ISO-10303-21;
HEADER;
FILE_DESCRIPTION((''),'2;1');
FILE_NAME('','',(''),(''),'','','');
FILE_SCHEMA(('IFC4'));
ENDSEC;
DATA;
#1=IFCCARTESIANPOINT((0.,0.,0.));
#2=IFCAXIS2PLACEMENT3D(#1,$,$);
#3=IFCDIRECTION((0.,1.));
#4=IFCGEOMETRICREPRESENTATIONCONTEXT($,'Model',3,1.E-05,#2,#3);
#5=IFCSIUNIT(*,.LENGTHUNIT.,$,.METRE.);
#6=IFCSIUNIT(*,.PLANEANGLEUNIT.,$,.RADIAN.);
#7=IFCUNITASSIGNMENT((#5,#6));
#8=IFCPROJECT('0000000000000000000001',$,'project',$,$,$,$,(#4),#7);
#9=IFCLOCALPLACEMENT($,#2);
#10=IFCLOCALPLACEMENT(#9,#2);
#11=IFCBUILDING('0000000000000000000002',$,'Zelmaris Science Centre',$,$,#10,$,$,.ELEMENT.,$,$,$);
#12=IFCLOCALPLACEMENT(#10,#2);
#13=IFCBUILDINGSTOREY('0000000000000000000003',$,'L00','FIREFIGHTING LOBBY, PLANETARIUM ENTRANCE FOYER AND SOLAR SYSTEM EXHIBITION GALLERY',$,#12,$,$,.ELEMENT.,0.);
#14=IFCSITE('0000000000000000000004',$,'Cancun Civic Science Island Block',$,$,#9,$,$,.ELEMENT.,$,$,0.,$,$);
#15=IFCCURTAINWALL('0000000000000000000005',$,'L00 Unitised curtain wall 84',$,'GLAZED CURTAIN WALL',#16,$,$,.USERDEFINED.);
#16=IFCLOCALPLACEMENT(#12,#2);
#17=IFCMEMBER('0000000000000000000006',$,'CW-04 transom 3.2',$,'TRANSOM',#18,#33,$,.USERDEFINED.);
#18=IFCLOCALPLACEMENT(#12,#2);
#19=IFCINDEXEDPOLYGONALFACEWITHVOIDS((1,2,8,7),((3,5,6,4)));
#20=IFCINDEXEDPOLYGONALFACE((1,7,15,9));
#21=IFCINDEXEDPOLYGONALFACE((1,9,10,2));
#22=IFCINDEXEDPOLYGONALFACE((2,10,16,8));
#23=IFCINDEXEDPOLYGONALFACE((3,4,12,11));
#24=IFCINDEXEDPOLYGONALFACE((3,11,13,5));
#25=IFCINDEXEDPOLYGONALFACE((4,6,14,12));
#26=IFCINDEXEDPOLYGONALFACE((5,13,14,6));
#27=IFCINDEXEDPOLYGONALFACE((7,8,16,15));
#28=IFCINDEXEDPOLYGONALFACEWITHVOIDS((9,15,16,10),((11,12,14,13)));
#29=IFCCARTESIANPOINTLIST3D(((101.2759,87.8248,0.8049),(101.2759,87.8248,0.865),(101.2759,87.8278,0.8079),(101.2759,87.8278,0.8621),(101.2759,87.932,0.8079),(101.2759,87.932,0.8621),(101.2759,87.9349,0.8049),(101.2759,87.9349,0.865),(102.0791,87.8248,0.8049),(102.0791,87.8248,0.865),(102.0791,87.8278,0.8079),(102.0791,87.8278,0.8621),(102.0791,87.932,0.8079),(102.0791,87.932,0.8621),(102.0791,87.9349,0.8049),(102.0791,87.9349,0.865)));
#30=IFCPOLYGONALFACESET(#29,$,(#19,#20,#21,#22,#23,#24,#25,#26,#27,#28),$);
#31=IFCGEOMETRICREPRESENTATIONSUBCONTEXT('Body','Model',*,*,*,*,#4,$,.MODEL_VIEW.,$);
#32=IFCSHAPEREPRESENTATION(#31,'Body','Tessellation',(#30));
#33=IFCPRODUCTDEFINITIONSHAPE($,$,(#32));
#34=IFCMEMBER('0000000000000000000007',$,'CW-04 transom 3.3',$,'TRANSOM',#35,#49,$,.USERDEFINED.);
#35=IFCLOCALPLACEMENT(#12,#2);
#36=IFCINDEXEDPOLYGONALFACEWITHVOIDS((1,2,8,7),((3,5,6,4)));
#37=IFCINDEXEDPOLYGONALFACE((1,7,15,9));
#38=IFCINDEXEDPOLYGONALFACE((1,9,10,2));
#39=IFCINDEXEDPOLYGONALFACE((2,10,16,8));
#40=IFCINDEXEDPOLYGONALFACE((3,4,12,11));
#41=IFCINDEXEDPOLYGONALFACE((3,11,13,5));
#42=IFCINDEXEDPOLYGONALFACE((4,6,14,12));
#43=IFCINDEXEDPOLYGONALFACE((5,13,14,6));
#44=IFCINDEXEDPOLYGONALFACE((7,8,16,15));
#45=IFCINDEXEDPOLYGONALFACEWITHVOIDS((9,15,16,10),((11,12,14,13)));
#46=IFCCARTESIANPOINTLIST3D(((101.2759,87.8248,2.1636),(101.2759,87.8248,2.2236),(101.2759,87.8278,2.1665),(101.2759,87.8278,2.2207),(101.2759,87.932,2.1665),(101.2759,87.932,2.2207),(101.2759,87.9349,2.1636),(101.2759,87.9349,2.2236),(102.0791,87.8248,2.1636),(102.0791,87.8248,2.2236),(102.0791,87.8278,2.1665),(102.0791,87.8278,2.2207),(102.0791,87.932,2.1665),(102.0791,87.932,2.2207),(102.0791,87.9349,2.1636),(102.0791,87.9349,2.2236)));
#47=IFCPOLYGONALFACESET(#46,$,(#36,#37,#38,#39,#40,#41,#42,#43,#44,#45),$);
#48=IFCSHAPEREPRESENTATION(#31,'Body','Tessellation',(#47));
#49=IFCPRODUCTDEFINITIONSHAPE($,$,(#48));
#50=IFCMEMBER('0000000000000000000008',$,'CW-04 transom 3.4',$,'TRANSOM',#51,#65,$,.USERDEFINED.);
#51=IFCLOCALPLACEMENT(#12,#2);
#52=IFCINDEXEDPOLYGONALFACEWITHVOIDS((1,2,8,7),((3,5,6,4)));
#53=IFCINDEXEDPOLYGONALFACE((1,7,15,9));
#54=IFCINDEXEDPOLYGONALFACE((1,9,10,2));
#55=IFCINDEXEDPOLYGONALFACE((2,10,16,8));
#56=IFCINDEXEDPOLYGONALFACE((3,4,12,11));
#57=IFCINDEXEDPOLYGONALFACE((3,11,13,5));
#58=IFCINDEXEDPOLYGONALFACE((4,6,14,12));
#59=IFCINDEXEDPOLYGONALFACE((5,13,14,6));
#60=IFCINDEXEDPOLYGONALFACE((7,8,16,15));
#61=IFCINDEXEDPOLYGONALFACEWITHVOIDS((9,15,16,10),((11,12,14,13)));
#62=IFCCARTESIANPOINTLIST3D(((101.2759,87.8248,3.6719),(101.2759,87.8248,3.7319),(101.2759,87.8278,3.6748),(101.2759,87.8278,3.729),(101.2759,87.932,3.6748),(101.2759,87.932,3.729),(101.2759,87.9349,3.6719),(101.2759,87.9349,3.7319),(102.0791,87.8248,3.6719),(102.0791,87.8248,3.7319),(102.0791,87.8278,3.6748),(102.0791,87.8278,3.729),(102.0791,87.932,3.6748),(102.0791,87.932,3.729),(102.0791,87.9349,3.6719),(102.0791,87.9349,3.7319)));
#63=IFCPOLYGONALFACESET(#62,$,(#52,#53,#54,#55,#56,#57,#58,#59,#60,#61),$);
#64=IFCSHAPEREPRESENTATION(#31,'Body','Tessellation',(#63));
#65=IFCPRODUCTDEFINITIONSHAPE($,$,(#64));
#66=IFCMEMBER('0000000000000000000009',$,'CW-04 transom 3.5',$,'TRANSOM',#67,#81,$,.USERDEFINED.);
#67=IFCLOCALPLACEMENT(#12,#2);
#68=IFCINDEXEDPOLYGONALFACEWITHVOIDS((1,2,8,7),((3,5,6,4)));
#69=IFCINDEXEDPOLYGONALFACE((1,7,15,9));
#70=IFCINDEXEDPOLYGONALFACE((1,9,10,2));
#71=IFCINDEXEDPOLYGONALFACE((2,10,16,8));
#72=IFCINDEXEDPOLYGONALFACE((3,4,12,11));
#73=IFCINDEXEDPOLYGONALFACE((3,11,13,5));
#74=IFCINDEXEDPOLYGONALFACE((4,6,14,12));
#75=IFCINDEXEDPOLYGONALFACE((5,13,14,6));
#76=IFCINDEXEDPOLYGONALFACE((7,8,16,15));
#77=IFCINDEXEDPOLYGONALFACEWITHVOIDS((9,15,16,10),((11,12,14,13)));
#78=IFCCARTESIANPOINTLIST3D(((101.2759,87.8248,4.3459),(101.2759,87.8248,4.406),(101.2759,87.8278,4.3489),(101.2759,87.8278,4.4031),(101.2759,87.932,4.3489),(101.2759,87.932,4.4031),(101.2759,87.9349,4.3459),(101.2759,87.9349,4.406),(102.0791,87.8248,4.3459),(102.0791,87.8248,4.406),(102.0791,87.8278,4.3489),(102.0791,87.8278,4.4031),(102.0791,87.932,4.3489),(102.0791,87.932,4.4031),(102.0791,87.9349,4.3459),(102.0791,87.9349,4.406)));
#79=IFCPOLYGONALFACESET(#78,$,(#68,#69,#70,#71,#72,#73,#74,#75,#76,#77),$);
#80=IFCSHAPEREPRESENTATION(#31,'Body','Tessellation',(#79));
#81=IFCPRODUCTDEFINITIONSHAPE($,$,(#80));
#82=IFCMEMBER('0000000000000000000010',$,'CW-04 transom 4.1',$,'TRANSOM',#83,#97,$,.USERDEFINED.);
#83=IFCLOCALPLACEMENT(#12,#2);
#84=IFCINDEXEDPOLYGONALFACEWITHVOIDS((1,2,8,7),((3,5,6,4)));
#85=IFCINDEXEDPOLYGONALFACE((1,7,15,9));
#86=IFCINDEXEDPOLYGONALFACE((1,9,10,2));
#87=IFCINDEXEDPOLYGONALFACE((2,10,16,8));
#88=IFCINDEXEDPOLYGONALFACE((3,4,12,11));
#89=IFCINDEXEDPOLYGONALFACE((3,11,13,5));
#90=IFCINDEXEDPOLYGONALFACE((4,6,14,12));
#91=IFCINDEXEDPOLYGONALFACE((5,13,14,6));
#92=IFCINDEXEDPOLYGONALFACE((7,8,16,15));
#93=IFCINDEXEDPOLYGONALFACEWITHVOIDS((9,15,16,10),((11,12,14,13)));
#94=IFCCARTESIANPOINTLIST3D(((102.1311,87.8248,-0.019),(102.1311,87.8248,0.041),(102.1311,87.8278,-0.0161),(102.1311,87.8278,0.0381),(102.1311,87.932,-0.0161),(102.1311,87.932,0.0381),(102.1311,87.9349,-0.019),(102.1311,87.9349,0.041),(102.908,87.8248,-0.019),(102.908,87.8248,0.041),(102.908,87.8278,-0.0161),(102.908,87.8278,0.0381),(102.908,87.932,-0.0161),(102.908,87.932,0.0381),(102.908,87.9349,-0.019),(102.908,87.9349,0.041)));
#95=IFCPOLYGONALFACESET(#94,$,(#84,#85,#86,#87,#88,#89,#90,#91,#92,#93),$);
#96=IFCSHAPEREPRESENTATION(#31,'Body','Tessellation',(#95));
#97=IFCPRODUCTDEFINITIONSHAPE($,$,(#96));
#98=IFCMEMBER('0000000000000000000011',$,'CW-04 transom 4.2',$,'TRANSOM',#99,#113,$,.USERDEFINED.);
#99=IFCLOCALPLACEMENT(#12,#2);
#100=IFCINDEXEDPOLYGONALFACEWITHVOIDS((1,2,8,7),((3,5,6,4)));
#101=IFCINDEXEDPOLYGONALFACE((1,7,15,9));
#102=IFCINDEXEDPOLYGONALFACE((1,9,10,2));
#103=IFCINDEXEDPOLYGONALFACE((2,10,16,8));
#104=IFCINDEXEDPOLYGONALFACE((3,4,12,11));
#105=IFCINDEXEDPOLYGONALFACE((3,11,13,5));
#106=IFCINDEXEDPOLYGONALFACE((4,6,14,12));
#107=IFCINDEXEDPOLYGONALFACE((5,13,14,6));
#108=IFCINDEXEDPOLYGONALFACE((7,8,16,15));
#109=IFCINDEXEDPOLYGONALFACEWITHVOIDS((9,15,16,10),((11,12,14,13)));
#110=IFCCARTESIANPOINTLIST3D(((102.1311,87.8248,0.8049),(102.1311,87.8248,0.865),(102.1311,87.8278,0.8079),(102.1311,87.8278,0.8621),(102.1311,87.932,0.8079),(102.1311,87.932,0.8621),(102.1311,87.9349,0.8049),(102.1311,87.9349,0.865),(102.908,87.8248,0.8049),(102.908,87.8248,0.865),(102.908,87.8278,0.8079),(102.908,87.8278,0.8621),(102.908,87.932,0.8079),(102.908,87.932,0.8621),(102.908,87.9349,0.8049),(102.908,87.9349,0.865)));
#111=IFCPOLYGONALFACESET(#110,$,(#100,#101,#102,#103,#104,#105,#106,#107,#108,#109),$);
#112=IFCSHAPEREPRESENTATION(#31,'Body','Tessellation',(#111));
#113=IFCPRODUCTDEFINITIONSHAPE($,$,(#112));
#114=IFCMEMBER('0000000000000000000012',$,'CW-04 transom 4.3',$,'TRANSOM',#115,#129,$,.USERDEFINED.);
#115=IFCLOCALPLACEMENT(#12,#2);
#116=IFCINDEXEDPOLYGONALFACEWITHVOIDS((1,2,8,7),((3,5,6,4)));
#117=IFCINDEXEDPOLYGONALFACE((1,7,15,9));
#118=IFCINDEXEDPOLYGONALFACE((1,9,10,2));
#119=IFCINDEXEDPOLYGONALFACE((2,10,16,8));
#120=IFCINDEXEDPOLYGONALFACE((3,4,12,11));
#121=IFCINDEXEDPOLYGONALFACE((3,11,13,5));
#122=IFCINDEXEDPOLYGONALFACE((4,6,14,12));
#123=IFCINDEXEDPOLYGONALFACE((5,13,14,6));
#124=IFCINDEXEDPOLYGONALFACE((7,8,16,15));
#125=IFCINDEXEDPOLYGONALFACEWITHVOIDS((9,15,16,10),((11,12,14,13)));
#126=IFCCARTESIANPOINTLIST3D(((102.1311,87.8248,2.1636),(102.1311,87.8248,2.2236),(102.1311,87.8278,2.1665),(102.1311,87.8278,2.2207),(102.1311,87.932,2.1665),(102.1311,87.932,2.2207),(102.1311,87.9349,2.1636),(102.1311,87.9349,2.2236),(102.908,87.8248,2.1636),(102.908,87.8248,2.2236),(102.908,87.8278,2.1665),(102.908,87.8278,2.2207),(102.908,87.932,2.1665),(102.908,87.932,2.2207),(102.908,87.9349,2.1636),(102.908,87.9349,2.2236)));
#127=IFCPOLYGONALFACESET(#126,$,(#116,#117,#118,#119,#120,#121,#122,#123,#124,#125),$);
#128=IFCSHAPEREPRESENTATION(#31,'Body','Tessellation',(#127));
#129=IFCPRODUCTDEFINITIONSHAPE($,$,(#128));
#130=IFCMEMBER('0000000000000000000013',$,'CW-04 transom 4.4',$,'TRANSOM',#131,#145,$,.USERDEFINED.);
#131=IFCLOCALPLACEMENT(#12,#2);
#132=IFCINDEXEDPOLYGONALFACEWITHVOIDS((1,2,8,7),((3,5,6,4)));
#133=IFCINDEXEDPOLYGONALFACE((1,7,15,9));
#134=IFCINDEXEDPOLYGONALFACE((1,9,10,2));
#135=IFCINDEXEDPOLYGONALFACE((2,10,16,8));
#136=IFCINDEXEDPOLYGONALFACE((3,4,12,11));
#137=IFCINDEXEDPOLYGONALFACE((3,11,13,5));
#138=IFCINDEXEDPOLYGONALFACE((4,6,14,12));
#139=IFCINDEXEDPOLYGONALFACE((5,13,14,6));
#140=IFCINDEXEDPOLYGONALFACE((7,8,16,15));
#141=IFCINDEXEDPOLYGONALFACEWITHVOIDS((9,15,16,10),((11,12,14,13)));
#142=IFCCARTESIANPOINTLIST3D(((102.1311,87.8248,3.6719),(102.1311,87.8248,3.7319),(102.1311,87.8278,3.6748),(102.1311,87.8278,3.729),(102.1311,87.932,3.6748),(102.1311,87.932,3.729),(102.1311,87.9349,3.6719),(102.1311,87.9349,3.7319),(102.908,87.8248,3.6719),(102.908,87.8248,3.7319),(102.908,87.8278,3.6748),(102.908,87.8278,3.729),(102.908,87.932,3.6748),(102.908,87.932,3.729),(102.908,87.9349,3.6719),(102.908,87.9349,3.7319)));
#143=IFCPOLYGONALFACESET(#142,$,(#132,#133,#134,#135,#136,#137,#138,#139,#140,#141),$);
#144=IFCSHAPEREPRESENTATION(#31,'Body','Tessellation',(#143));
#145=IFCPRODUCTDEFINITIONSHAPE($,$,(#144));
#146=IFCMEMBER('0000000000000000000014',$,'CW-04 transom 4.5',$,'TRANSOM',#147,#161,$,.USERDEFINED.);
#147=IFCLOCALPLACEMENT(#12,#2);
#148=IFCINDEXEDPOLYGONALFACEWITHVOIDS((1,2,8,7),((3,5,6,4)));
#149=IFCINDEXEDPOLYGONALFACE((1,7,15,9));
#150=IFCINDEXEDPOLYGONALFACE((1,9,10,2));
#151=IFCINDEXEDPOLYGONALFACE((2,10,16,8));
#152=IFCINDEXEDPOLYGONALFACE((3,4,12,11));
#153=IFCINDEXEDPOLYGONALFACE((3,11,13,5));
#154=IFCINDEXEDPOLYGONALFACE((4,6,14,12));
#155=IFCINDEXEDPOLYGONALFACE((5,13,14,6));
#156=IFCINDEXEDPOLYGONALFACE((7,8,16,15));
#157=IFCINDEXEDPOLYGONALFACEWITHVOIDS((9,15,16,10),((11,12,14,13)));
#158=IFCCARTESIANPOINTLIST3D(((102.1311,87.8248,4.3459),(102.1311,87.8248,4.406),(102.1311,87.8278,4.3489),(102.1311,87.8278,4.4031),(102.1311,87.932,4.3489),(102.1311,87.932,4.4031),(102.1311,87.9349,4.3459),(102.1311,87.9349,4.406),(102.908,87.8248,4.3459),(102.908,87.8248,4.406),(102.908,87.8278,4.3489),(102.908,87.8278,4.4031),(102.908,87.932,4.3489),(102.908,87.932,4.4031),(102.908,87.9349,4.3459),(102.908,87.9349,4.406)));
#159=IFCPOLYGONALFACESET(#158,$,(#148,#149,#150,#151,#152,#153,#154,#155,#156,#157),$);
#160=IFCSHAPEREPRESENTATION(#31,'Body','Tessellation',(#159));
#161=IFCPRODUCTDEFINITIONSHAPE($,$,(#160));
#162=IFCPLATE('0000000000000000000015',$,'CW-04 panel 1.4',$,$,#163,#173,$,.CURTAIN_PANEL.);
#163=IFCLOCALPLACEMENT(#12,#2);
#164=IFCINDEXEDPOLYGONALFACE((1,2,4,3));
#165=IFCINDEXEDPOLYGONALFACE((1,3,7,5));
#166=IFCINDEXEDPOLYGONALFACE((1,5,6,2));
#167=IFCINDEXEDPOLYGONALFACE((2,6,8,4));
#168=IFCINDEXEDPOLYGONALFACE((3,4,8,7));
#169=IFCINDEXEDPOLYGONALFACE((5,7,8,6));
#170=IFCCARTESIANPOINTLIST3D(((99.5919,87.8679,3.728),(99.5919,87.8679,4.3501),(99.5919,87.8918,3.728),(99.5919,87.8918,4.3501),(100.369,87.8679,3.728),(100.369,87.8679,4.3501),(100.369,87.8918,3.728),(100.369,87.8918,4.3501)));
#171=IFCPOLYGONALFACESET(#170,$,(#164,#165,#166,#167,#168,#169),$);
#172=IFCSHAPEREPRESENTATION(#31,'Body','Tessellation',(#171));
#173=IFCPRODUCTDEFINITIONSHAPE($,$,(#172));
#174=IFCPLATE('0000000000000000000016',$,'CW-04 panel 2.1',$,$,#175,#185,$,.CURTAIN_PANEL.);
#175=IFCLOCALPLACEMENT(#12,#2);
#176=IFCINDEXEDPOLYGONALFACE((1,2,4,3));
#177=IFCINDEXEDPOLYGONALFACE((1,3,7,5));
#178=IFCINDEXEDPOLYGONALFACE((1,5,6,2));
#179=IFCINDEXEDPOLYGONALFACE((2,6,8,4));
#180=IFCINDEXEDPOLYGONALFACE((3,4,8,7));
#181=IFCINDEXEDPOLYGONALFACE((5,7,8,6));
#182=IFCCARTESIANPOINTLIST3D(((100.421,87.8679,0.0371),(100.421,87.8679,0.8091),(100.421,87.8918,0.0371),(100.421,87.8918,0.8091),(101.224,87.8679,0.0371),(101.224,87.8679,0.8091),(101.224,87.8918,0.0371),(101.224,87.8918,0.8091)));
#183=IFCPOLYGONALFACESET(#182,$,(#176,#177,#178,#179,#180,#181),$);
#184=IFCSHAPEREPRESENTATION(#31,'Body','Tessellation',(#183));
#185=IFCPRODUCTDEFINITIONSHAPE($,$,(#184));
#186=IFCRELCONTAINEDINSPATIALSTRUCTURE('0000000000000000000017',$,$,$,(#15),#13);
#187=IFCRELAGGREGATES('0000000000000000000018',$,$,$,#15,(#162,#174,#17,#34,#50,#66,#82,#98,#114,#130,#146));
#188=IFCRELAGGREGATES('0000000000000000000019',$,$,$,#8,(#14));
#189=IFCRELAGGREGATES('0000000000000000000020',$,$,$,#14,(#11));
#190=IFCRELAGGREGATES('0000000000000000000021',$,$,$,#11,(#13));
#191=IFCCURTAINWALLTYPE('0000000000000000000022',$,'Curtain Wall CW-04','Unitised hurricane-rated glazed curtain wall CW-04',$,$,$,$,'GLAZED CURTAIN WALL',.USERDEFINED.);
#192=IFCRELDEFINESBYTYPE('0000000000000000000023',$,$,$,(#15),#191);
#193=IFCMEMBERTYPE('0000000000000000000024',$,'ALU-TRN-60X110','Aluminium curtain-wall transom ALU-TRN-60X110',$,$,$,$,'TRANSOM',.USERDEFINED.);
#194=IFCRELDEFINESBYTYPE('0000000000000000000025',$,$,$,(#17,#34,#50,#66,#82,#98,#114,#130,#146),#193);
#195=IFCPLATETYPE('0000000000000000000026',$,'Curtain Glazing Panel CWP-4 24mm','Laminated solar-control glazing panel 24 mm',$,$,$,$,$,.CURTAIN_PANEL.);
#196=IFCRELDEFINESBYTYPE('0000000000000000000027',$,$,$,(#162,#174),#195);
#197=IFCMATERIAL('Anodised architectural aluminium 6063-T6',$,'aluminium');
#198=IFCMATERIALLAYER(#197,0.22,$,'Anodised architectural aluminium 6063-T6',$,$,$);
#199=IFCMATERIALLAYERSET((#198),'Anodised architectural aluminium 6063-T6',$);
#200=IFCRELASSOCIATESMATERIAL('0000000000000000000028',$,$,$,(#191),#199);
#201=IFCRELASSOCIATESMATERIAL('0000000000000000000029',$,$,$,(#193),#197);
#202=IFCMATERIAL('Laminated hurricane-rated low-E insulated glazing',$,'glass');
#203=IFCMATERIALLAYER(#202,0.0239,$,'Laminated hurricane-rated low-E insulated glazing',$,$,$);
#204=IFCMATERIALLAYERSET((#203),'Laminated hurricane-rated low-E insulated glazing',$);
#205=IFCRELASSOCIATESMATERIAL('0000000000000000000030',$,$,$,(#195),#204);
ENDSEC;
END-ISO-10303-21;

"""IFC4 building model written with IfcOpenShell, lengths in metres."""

from ifc_helpers import new_model, si_unit, direction, frame, origin, origin_2d, place, context, subcontext, project, spatial, rectangle, hollow_rectangle, extrude, material, layer, layer_set, material_profile, profile_set, type_object, element, aggregate, save


model = new_model("IFC4")

# Units and contexts
model_context = context("Model", 3, precision=1e-05, world=origin(), true_north=direction((0.0, 1.0)))
body_context = subcontext(model_context, "Body", "Model", "MODEL_VIEW")
ifc_project = project(units=[si_unit("LENGTHUNIT", "METRE"), si_unit("PLANEANGLEUNIT", "RADIAN")], contexts=[model_context])

# Site, building, storey
site_placement = place(None, origin())
site = spatial("IfcSite", under=ifc_project, at=site_placement, Name="Cancun Civic Science Island Block", CompositionType="ELEMENT", RefElevation=0.0)
building_placement = place(site_placement, origin())
building = spatial("IfcBuilding", under=site, at=building_placement, Name="Zelmaris Science Centre", CompositionType="ELEMENT")
storey_placement = place(building_placement, origin())
storey = spatial("IfcBuildingStorey", under=building, at=storey_placement, Name="L00", Description="FIREFIGHTING LOBBY, PLANETARIUM ENTRANCE FOYER AND SOLAR SYSTEM EXHIBITION GALLERY", CompositionType="ELEMENT", Elevation=0.0)

# Curtain wall, members, plates
ifc_material_1 = material(Name="Anodised architectural aluminium 6063-T6", Category="aluminium")
ifc_layer_1 = layer(ifc_material_1, 0.22, Name="Anodised architectural aluminium 6063-T6")
ifc_layer_set_1 = layer_set([ifc_layer_1], Name="Anodised architectural aluminium 6063-T6")
curtain_wall_type = type_object("IfcCurtainWallType", Name="Curtain Wall CW-04", Description="Unitised hurricane-rated glazed curtain wall CW-04", ElementType="GLAZED CURTAIN WALL", PredefinedType="USERDEFINED", material=ifc_layer_set_1)
curtain_wall_placement = place(storey_placement, origin())
curtain_wall = element("IfcCurtainWall", 1, at=curtain_wall_placement, inside=storey, type_object=curtain_wall_type, Name="L00 Unitised curtain wall 84", ObjectType="GLAZED CURTAIN WALL", PredefinedType="USERDEFINED")
ifc_material_profile_1 = material_profile(ifc_material_1, hollow_rectangle(XDim=0.0601, YDim=0.1101, WallThickness=0.0029, at=origin_2d()), Name="ALU-TRN-60X110")
ifc_profile_set_1 = profile_set([ifc_material_profile_1], Name="Anodised architectural aluminium 6063-T6")
member_type_1 = type_object("IfcMemberType", Name="ALU-TRN-60X110", Description="Aluminium curtain-wall transom ALU-TRN-60X110", ElementType="TRANSOM", PredefinedType="USERDEFINED", material=ifc_profile_set_1)
member_1_placement = place(storey_placement, frame((101.2759, 87.8799, 0.835), z_axis=(1.0, 0.0, 0.0), x_axis=(0.0, 0.0, 1.0)))
member_1 = element("IfcMember", 2, at=member_1_placement, type_object=member_type_1, Name="CW-04 transom 3.2", ObjectType="TRANSOM", PredefinedType="USERDEFINED", context=body_context, shape_type="SweptSolid", body=[
    extrude(hollow_rectangle(XDim=0.0601, YDim=0.1101, WallThickness=0.0029, at=origin_2d()), origin(), (0.0, 0.0, 1.0), 0.8032),
])
member_2_placement = place(storey_placement, frame((101.2759, 87.8799, 2.1936), z_axis=(1.0, 0.0, 0.0), x_axis=(0.0, 0.0, 1.0)))
member_2 = element("IfcMember", 3, at=member_2_placement, type_object=member_type_1, Name="CW-04 transom 3.3", ObjectType="TRANSOM", PredefinedType="USERDEFINED", context=body_context, shape_type="SweptSolid", body=[
    extrude(hollow_rectangle(XDim=0.0601, YDim=0.1101, WallThickness=0.0029, at=origin_2d()), origin(), (0.0, 0.0, 1.0), 0.8032),
])
member_3_placement = place(storey_placement, frame((101.2759, 87.8799, 3.7019), z_axis=(1.0, 0.0, 0.0), x_axis=(0.0, 0.0, 1.0)))
member_3 = element("IfcMember", 4, at=member_3_placement, type_object=member_type_1, Name="CW-04 transom 3.4", ObjectType="TRANSOM", PredefinedType="USERDEFINED", context=body_context, shape_type="SweptSolid", body=[
    extrude(hollow_rectangle(XDim=0.0601, YDim=0.1101, WallThickness=0.0029, at=origin_2d()), origin(), (0.0, 0.0, 1.0), 0.8032),
])
member_4_placement = place(storey_placement, frame((101.2759, 87.8799, 4.376), z_axis=(1.0, 0.0, 0.0), x_axis=(0.0, 0.0, 1.0)))
member_4 = element("IfcMember", 5, at=member_4_placement, type_object=member_type_1, Name="CW-04 transom 3.5", ObjectType="TRANSOM", PredefinedType="USERDEFINED", context=body_context, shape_type="SweptSolid", body=[
    extrude(hollow_rectangle(XDim=0.0601, YDim=0.1101, WallThickness=0.0029, at=origin_2d()), origin(), (0.0, 0.0, 1.0), 0.8032),
])
member_5_placement = place(storey_placement, frame((102.1311, 87.8799, 0.011), z_axis=(1.0, 0.0, 0.0), x_axis=(0.0, 0.0, 1.0)))
member_5 = element("IfcMember", 6, at=member_5_placement, type_object=member_type_1, Name="CW-04 transom 4.1", ObjectType="TRANSOM", PredefinedType="USERDEFINED", context=body_context, shape_type="SweptSolid", body=[
    extrude(hollow_rectangle(XDim=0.0601, YDim=0.1101, WallThickness=0.0029, at=origin_2d()), origin(), (0.0, 0.0, 1.0), 0.7769),
])
member_6_placement = place(storey_placement, frame((102.1311, 87.8799, 0.835), z_axis=(1.0, 0.0, 0.0), x_axis=(0.0, 0.0, 1.0)))
member_6 = element("IfcMember", 7, at=member_6_placement, type_object=member_type_1, Name="CW-04 transom 4.2", ObjectType="TRANSOM", PredefinedType="USERDEFINED", context=body_context, shape_type="SweptSolid", body=[
    extrude(hollow_rectangle(XDim=0.0601, YDim=0.1101, WallThickness=0.0029, at=origin_2d()), origin(), (0.0, 0.0, 1.0), 0.7769),
])
member_7_placement = place(storey_placement, frame((102.1311, 87.8799, 2.1936), z_axis=(1.0, 0.0, 0.0), x_axis=(0.0, 0.0, 1.0)))
member_7 = element("IfcMember", 8, at=member_7_placement, type_object=member_type_1, Name="CW-04 transom 4.3", ObjectType="TRANSOM", PredefinedType="USERDEFINED", context=body_context, shape_type="SweptSolid", body=[
    extrude(hollow_rectangle(XDim=0.0601, YDim=0.1101, WallThickness=0.0029, at=origin_2d()), origin(), (0.0, 0.0, 1.0), 0.7769),
])
member_8_placement = place(storey_placement, frame((102.1311, 87.8799, 3.7019), z_axis=(1.0, 0.0, 0.0), x_axis=(0.0, 0.0, 1.0)))
member_8 = element("IfcMember", 9, at=member_8_placement, type_object=member_type_1, Name="CW-04 transom 4.4", ObjectType="TRANSOM", PredefinedType="USERDEFINED", context=body_context, shape_type="SweptSolid", body=[
    extrude(hollow_rectangle(XDim=0.0601, YDim=0.1101, WallThickness=0.0029, at=origin_2d()), origin(), (0.0, 0.0, 1.0), 0.7769),
])
member_9_placement = place(storey_placement, frame((102.1311, 87.8799, 4.376), z_axis=(1.0, 0.0, 0.0), x_axis=(0.0, 0.0, 1.0)))
member_9 = element("IfcMember", 10, at=member_9_placement, type_object=member_type_1, Name="CW-04 transom 4.5", ObjectType="TRANSOM", PredefinedType="USERDEFINED", context=body_context, shape_type="SweptSolid", body=[
    extrude(hollow_rectangle(XDim=0.0601, YDim=0.1101, WallThickness=0.0029, at=origin_2d()), origin(), (0.0, 0.0, 1.0), 0.7769),
])
ifc_material_2 = material(Name="Laminated hurricane-rated low-E insulated glazing", Category="glass")
ifc_layer_2 = layer(ifc_material_2, 0.0239, Name="Laminated hurricane-rated low-E insulated glazing")
ifc_layer_set_2 = layer_set([ifc_layer_2], Name="Laminated hurricane-rated low-E insulated glazing")
plate_type = type_object("IfcPlateType", Name="Curtain Glazing Panel CWP-4 24mm", Description="Laminated solar-control glazing panel 24 mm", PredefinedType="CURTAIN_PANEL", material=ifc_layer_set_2)
plate_1_placement = place(storey_placement, frame((99.9805, 87.8799, 3.728), z_axis=(0.0, 0.0, 1.0), x_axis=(1.0, 0.0, 0.0)))
plate_1 = element("IfcPlate", 11, at=plate_1_placement, type_object=plate_type, Name="CW-04 panel 1.4", PredefinedType="CURTAIN_PANEL", context=body_context, shape_type="SweptSolid", body=[
    extrude(rectangle(XDim=0.7771, YDim=0.0239, at=origin_2d()), origin(), (0.0, 0.0, 1.0), 0.6221),
])
plate_2_placement = place(storey_placement, frame((100.8225, 87.8799, 0.0371), z_axis=(0.0, 0.0, 1.0), x_axis=(1.0, 0.0, 0.0)))
plate_2 = element("IfcPlate", 12, at=plate_2_placement, type_object=plate_type, Name="CW-04 panel 2.1", PredefinedType="CURTAIN_PANEL", context=body_context, shape_type="SweptSolid", body=[
    extrude(rectangle(XDim=0.803, YDim=0.0239, at=origin_2d()), origin(), (0.0, 0.0, 1.0), 0.772),
])
aggregate(curtain_wall, [plate_1, plate_2, member_1, member_2, member_3, member_4, member_5, member_6, member_7, member_8, member_9])

save(model, "model.ifc")
